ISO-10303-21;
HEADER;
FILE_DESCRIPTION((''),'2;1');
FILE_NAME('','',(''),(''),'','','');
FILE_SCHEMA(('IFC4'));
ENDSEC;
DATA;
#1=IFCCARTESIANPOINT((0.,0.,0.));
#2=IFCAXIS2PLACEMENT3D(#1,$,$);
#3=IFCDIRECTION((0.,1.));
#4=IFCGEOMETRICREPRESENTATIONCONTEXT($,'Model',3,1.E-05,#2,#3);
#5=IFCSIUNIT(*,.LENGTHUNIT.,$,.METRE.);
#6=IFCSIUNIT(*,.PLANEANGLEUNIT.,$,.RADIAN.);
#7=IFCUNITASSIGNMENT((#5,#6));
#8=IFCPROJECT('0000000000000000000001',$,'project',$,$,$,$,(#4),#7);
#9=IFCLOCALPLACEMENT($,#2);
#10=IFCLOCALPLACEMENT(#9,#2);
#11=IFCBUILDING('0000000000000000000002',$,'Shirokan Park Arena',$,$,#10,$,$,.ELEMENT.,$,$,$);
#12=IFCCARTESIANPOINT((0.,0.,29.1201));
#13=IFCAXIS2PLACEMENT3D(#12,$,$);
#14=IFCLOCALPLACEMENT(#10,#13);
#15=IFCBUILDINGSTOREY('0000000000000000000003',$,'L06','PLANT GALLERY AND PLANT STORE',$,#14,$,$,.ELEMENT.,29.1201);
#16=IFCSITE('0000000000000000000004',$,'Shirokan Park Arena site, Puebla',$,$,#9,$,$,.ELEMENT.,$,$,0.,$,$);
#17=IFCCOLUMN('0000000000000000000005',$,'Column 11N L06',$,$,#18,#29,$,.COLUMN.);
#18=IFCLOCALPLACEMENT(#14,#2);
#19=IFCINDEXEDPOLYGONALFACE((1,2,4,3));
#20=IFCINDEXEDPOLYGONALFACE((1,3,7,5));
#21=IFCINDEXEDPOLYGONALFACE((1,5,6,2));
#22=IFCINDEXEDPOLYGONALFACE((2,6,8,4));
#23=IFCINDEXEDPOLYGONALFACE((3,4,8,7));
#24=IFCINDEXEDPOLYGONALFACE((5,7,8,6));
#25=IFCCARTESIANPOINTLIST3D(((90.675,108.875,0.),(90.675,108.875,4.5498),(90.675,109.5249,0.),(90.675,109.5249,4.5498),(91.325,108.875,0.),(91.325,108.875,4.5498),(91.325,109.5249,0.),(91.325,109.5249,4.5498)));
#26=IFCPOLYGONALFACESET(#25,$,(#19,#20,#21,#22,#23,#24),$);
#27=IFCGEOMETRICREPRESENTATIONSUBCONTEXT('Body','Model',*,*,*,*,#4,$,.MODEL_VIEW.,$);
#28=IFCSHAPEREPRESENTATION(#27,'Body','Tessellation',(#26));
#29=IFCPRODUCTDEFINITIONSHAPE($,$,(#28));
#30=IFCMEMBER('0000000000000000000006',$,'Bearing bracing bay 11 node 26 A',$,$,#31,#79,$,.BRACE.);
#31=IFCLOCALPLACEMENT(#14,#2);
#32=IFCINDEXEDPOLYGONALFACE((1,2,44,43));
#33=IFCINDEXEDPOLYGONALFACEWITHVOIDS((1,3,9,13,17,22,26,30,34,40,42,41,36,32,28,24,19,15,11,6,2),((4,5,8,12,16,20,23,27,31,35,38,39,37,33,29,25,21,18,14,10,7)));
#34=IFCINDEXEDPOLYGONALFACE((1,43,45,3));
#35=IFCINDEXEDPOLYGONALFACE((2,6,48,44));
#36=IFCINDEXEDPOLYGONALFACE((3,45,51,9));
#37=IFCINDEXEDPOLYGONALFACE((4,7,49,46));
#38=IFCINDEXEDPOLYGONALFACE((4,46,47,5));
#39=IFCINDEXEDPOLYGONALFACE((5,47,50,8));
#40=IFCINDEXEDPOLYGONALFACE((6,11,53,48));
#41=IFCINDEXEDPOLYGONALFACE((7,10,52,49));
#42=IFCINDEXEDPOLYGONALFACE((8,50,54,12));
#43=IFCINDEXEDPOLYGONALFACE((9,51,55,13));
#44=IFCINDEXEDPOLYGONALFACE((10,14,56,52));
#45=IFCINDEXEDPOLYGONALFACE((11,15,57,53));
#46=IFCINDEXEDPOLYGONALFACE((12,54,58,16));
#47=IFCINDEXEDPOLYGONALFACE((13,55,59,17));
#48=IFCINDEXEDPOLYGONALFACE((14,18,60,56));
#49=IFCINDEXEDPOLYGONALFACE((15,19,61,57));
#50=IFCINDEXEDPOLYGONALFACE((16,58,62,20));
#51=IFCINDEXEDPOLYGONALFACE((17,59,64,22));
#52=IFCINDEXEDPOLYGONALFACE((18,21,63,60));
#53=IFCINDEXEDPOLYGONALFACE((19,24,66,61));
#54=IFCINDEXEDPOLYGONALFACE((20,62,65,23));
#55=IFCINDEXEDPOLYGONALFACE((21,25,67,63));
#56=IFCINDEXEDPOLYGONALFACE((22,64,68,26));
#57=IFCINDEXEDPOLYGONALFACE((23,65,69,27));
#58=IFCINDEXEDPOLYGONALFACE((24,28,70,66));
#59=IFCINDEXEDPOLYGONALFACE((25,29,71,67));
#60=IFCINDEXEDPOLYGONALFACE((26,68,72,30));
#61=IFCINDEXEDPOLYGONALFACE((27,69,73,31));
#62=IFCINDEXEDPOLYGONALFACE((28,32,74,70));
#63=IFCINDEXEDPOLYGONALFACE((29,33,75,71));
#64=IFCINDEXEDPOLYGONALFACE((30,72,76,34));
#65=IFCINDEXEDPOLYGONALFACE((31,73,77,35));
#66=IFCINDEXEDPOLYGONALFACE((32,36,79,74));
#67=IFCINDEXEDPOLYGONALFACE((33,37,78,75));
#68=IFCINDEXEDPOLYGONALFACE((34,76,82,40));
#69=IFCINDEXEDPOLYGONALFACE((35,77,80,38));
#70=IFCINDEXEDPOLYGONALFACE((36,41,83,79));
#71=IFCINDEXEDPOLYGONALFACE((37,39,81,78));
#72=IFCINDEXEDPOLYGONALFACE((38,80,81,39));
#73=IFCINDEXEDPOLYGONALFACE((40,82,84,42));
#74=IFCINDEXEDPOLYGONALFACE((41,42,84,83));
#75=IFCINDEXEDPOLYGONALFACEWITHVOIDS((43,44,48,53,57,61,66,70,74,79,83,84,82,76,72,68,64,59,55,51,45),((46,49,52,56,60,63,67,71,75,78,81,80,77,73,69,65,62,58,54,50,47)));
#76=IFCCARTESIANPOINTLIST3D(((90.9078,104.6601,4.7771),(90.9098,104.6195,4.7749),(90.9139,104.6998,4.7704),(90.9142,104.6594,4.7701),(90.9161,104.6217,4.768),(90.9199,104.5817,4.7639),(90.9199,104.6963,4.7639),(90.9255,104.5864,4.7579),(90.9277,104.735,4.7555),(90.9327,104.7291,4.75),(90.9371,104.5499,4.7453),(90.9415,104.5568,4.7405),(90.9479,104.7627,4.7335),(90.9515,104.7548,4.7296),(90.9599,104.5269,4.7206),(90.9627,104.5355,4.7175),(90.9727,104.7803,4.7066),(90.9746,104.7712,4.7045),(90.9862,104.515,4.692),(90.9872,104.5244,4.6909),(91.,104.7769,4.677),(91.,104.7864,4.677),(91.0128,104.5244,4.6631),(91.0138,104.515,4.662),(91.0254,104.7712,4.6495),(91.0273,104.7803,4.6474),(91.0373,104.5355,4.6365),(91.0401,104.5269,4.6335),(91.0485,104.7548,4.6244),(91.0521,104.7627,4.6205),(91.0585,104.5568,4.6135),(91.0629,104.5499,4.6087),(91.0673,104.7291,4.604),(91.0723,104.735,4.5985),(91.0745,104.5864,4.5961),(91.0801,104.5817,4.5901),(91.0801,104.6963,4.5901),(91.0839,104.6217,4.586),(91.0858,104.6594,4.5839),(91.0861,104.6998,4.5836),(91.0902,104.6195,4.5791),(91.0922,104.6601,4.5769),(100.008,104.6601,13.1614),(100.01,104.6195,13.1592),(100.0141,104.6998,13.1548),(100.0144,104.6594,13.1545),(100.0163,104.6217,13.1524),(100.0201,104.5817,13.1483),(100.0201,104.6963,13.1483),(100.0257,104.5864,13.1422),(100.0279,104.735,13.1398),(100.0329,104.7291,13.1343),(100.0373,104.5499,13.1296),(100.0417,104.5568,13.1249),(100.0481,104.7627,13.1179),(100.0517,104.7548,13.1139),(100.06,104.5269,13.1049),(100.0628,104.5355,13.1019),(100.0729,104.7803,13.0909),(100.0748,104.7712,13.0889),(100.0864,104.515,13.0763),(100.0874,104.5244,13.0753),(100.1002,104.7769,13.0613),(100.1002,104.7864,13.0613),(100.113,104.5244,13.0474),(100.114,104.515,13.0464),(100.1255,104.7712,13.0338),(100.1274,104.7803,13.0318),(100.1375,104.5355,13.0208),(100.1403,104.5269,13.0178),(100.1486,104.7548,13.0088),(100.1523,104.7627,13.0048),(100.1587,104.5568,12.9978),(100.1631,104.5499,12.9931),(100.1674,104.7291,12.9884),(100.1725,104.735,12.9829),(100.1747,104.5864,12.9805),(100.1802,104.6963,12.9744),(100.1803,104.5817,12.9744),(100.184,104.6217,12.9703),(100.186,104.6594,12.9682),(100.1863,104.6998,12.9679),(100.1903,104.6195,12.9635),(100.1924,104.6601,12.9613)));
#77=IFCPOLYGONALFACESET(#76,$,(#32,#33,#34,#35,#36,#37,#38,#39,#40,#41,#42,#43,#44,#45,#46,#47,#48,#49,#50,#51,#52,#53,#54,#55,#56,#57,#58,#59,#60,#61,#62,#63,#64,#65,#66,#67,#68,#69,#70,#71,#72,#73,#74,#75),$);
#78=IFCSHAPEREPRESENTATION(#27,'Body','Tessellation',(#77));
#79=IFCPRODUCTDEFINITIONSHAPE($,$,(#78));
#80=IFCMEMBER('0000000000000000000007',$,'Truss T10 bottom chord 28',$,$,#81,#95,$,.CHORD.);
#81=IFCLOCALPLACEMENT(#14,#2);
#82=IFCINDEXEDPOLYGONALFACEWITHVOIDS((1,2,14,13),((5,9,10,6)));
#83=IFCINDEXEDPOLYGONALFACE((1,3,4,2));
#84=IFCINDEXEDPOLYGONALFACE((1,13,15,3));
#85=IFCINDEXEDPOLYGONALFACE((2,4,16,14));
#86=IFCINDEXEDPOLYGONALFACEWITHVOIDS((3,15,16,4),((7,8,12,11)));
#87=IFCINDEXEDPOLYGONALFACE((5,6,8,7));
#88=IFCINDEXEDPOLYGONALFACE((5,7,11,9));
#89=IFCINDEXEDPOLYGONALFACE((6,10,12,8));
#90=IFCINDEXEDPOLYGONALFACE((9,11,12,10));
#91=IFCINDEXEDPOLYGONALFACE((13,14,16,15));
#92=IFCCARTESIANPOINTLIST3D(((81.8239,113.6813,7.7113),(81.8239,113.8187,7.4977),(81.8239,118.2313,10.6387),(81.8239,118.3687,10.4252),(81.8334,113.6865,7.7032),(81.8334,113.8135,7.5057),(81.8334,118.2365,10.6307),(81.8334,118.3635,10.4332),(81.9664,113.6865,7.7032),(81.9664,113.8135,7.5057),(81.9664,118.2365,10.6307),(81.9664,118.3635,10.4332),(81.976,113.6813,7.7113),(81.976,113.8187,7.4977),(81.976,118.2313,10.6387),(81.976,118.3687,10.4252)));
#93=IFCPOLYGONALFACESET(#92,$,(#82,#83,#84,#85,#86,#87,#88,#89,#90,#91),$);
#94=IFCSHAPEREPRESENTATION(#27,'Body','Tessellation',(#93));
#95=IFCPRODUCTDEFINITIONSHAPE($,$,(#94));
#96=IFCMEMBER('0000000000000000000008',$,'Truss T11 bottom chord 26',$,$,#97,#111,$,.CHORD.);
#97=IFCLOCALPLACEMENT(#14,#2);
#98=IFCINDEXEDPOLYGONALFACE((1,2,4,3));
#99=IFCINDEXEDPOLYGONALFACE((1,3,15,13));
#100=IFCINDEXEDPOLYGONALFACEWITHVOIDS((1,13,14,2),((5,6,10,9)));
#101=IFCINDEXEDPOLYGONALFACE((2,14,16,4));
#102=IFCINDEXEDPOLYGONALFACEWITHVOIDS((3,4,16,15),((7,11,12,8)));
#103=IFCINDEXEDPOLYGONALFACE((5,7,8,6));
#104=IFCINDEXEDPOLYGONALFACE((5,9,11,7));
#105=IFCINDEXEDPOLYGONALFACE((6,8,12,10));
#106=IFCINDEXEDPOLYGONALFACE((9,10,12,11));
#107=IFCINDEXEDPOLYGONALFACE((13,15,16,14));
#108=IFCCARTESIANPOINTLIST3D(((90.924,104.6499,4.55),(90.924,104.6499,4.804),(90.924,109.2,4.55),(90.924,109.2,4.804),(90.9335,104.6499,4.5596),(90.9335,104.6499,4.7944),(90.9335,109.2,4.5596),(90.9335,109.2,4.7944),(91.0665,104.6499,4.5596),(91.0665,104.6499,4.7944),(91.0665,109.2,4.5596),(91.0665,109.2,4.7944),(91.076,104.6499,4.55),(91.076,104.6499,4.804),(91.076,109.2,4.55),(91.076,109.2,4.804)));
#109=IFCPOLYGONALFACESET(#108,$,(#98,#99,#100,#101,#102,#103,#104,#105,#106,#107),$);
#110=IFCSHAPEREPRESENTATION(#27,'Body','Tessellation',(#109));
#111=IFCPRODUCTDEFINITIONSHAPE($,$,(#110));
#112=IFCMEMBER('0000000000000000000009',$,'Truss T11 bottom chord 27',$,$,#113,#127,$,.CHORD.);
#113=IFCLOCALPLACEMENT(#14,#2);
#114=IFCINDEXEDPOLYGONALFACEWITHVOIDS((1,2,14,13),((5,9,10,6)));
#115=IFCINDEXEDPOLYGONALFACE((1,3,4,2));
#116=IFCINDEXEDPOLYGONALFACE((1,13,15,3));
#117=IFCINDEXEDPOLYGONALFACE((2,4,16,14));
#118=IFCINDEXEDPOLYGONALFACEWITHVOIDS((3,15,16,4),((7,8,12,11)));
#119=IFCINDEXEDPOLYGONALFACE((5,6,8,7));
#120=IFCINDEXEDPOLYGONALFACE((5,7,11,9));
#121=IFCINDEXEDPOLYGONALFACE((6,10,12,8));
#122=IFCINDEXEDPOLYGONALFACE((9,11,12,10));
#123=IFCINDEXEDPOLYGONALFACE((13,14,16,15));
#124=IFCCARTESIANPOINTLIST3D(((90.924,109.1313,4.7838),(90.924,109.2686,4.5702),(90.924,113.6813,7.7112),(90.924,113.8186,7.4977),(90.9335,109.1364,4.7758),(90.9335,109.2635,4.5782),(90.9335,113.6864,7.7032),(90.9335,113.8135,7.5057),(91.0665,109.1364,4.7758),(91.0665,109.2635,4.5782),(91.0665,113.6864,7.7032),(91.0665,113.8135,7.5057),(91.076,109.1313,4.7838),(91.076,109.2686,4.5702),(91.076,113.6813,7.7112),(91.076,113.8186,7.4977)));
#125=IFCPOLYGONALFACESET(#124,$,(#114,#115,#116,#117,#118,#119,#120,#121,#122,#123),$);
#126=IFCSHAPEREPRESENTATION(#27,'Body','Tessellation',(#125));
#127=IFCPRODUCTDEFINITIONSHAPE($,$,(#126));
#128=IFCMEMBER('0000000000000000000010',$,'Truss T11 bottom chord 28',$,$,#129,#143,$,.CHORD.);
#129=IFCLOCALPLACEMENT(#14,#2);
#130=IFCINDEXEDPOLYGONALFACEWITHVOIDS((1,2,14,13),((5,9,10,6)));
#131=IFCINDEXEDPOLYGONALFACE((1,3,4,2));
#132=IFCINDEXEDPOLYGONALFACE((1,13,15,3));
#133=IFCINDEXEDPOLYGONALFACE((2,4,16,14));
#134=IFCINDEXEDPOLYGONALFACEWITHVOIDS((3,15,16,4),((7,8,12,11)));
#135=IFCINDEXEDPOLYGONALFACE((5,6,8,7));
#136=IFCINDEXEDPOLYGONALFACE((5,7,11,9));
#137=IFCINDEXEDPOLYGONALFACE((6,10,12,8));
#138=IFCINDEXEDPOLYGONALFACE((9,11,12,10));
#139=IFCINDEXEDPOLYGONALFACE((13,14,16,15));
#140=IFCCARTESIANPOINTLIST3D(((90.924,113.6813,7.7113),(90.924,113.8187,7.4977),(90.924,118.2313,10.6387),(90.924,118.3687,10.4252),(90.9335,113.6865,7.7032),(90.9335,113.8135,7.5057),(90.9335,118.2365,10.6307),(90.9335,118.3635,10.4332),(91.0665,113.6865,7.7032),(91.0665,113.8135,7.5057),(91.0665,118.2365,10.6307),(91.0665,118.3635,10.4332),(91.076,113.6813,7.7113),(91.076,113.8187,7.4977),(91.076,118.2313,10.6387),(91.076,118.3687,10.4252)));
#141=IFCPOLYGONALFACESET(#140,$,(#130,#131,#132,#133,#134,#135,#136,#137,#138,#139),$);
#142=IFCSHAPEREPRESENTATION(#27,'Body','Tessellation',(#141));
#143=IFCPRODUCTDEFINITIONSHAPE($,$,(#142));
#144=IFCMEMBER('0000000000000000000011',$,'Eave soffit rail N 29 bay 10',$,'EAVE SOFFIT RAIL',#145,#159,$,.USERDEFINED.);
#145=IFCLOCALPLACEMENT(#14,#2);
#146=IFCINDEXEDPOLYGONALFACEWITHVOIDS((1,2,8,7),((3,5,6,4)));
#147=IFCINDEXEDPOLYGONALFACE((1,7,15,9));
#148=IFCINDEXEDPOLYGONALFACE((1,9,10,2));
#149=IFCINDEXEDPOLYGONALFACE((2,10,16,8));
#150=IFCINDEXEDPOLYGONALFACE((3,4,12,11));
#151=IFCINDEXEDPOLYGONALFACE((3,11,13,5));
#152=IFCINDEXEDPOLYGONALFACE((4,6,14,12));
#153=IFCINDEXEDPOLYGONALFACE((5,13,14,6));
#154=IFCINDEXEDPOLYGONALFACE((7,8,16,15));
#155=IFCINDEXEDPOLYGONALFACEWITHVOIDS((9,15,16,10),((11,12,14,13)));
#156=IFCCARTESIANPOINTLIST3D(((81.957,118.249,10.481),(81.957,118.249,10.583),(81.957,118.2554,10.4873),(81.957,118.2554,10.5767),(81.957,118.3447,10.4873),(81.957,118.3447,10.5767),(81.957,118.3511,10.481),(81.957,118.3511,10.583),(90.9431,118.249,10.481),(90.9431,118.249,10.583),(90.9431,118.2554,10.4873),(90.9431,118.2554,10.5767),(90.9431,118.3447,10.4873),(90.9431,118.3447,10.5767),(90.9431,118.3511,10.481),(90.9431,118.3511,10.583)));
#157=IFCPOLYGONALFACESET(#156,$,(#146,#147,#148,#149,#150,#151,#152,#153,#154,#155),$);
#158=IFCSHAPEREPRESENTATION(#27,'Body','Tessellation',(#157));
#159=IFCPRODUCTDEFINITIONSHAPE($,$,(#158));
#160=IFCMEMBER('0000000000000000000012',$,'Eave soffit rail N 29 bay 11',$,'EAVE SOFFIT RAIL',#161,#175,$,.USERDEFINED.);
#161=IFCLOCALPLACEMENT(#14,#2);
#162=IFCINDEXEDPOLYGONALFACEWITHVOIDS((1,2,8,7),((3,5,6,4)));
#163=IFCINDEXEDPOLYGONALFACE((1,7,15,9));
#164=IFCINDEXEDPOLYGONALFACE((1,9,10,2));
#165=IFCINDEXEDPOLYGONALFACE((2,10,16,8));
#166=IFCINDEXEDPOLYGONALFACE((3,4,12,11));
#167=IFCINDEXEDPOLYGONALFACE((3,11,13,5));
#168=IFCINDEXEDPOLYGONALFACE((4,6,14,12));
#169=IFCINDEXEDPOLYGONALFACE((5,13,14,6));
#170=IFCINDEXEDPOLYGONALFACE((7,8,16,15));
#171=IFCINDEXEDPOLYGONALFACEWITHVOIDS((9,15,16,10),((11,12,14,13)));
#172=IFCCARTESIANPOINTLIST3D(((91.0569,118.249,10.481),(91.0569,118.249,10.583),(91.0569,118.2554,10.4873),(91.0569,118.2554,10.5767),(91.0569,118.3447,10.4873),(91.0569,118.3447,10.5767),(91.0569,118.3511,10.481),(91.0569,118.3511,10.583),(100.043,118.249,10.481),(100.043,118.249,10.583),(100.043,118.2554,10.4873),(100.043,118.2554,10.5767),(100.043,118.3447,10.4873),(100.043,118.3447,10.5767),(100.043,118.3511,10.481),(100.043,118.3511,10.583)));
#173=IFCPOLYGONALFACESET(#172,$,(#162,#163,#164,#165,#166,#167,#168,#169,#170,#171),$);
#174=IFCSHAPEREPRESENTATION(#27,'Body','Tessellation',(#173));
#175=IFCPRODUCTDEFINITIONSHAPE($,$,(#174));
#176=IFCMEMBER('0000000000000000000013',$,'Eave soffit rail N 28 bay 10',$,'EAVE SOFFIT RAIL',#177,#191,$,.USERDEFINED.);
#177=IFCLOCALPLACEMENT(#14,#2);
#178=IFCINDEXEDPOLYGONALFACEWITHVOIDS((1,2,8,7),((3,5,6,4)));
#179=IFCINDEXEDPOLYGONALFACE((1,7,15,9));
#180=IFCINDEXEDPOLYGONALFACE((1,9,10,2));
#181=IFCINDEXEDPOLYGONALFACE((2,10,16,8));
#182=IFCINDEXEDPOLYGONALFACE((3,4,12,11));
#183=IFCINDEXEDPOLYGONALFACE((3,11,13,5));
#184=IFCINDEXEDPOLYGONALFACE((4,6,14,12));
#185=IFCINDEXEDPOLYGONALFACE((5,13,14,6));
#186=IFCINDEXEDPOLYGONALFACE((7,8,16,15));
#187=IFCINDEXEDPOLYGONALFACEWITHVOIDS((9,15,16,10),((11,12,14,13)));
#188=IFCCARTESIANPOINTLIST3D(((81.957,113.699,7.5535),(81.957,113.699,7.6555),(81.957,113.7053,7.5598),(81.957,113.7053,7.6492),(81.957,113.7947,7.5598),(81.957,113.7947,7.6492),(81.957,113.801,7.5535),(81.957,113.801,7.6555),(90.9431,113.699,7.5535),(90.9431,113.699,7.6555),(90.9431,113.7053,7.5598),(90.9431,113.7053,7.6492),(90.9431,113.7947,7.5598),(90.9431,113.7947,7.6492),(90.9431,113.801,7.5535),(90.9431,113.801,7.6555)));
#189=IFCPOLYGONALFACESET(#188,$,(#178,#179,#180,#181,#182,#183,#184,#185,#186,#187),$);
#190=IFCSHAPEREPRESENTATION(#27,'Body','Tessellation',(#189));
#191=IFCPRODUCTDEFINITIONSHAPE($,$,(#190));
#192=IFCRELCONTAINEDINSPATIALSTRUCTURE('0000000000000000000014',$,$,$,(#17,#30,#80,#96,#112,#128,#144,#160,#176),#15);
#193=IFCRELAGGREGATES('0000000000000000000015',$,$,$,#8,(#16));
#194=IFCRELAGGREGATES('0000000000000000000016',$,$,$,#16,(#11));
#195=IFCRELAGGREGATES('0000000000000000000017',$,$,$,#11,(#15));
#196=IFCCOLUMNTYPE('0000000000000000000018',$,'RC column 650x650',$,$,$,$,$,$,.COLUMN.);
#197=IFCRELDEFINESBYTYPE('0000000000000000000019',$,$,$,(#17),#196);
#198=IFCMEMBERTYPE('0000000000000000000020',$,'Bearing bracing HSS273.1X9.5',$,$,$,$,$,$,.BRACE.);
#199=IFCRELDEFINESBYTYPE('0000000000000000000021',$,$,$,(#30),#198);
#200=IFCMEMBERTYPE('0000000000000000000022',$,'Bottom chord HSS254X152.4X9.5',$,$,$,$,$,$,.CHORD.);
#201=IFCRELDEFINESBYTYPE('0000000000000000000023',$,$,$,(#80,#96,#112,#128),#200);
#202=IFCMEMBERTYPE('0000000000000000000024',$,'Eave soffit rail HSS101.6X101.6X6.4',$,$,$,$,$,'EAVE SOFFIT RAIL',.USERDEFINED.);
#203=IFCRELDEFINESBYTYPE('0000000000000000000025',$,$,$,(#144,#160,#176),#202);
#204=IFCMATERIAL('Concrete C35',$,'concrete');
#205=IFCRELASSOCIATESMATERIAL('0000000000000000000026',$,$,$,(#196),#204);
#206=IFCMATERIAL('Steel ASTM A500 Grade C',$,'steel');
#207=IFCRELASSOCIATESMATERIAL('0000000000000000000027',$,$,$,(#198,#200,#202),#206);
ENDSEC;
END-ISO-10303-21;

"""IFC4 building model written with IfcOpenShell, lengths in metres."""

from ifc_helpers import new_model, si_unit, direction, frame, origin, origin_2d, place, context, subcontext, project, spatial, rectangle, hollow_rectangle, hollow_circle, extrude, material, material_profile, profile_set, type_object, element, save


model = new_model("IFC4")

# Units and contexts
model_context = context("Model", 3, precision=1e-05, world=origin(), true_north=direction((0.0, 1.0)))
body_context = subcontext(model_context, "Body", "Model", "MODEL_VIEW")
ifc_project = project(units=[si_unit("LENGTHUNIT", "METRE"), si_unit("PLANEANGLEUNIT", "RADIAN")], contexts=[model_context])

# Site, building, storey
site_placement = place(None, origin())
site = spatial("IfcSite", under=ifc_project, at=site_placement, Name="Shirokan Park Arena site, Puebla", CompositionType="ELEMENT", RefElevation=0.0)
building_placement = place(site_placement, origin())
building = spatial("IfcBuilding", under=site, at=building_placement, Name="Shirokan Park Arena", CompositionType="ELEMENT")
storey_placement = place(building_placement, frame((0.0, 0.0, 29.1201)))
storey = spatial("IfcBuildingStorey", under=building, at=storey_placement, Name="L06", Description="PLANT GALLERY AND PLANT STORE", CompositionType="ELEMENT", Elevation=29.1201)

# Column
ifc_material_1 = material(Name="Concrete C35", Category="concrete")
ifc_material_profile_1 = material_profile(ifc_material_1, rectangle(XDim=0.6499, YDim=0.6499, at=origin_2d()), Name="650x650")
ifc_profile_set_1 = profile_set([ifc_material_profile_1], Name="Concrete C35")
column_type = type_object("IfcColumnType", Name="RC column 650x650", PredefinedType="COLUMN", material=ifc_profile_set_1)
column_placement = place(storey_placement, frame((91.0, 109.2, 0.0), z_axis=(0.0, 0.0, 1.0), x_axis=(1.0, 0.0, 0.0)))
element("IfcColumn", 1, at=column_placement, inside=storey, type_object=column_type, Name="Column 11N L06", PredefinedType="COLUMN", context=body_context, shape_type="SweptSolid", body=[
    extrude(rectangle(XDim=0.6499, YDim=0.6499, at=origin_2d()), origin(), (0.0, 0.0, 1.0), 4.5498),
])

# Members
ifc_material_2 = material(Name="Steel ASTM A500 Grade C", Category="steel")
ifc_material_profile_2 = material_profile(ifc_material_2, hollow_circle(Radius=0.1365, WallThickness=0.0095, at=origin_2d()), Name="HSS273.1X9.5")
ifc_profile_set_2 = profile_set([ifc_material_profile_2], Name="Steel ASTM A500 Grade C")
member_type_1 = type_object("IfcMemberType", Name="Bearing bracing HSS273.1X9.5", PredefinedType="BRACE", material=ifc_profile_set_2)
member_1_placement = place(storey_placement, frame((91.0, 104.6499, 4.677), z_axis=(0.73544, 0.0, 0.67759), x_axis=(0.0, 1.0, 0.0)))
element("IfcMember", 2, at=member_1_placement, inside=storey, type_object=member_type_1, Name="Bearing bracing bay 11 node 26 A", PredefinedType="BRACE", context=body_context, shape_type="SweptSolid", body=[
    extrude(hollow_circle(Radius=0.1365, WallThickness=0.0095, at=origin_2d()), origin(), (0.0, 0.0, 1.0), 12.3738),
])
ifc_material_profile_3 = material_profile(ifc_material_2, hollow_rectangle(XDim=0.1521, YDim=0.2539, WallThickness=0.0095, at=origin_2d()), Name="HSS254X152.4X9.5")
ifc_profile_set_3 = profile_set([ifc_material_profile_3], Name="Steel ASTM A500 Grade C")
member_type_2 = type_object("IfcMemberType", Name="Bottom chord HSS254X152.4X9.5", PredefinedType="CHORD", material=ifc_profile_set_3)
member_2_placement = place(storey_placement, frame((81.8999, 113.75, 7.6045), z_axis=(0.0, 0.840972, 0.541079), x_axis=(-1.0, 0.0, 0.0)))
element("IfcMember", 3, at=member_2_placement, inside=storey, type_object=member_type_2, Name="Truss T10 bottom chord 28", PredefinedType="CHORD", context=body_context, shape_type="SweptSolid", body=[
    extrude(hollow_rectangle(XDim=0.1521, YDim=0.2539, WallThickness=0.0095, at=origin_2d()), origin(), (0.0, 0.0, 1.0), 5.4104),
])
member_3_placement = place(storey_placement, frame((91.0, 104.6499, 4.677), z_axis=(0.0, 1.0, 0.0), x_axis=(-1.0, 0.0, 0.0)))
element("IfcMember", 4, at=member_3_placement, inside=storey, type_object=member_type_2, Name="Truss T11 bottom chord 26", PredefinedType="CHORD", context=body_context, shape_type="SweptSolid", body=[
    extrude(hollow_rectangle(XDim=0.1521, YDim=0.2539, WallThickness=0.0095, at=origin_2d()), origin(), (0.0, 0.0, 1.0), 4.55),
])
for number, where, z_axis, x_axis, name in (
    (5, (91.0, 109.2, 4.677), (0.0, 0.840972, 0.541079), (-1.0, 0.0, 0.0), "Truss T11 bottom chord 27"),
    (6, (91.0, 113.75, 7.6045), (0.0, 0.840972, 0.541079), (-1.0, 0.0, 0.0), "Truss T11 bottom chord 28"),
):
    element("IfcMember", number, at=place(storey_placement, frame(where, z_axis=z_axis, x_axis=x_axis)), inside=storey, type_object=member_type_2, Name=name, PredefinedType="CHORD", context=body_context, shape_type="SweptSolid", body=[
        extrude(hollow_rectangle(XDim=0.1521, YDim=0.2539, WallThickness=0.0095, at=origin_2d()), origin(), (0.0, 0.0, 1.0), 5.4104),
    ])
ifc_material_profile_4 = material_profile(ifc_material_2, hollow_rectangle(XDim=0.1021, YDim=0.1021, WallThickness=0.0063, at=origin_2d()), Name="HSS101.6X101.6X6.4")
ifc_profile_set_4 = profile_set([ifc_material_profile_4], Name="Steel ASTM A500 Grade C")
member_type_3 = type_object("IfcMemberType", Name="Eave soffit rail HSS101.6X101.6X6.4", ElementType="EAVE SOFFIT RAIL", PredefinedType="USERDEFINED", material=ifc_profile_set_4)
for number, where, z_axis, x_axis, name in (
    (7, (81.957, 118.3, 10.532), (1.0, 0.0, 0.0), (0.0, 1.0, 0.0), "Eave soffit rail N 29 bay 10"),
    (8, (91.0569, 118.3, 10.532), (1.0, 0.0, 0.0), (0.0, 1.0, 0.0), "Eave soffit rail N 29 bay 11"),
    (9, (81.957, 113.75, 7.6045), (1.0, 0.0, 0.0), (0.0, 1.0, 0.0), "Eave soffit rail N 28 bay 10"),
):
    element("IfcMember", number, at=place(storey_placement, frame(where, z_axis=z_axis, x_axis=x_axis)), inside=storey, type_object=member_type_3, Name=name, ObjectType="EAVE SOFFIT RAIL", PredefinedType="USERDEFINED", context=body_context, shape_type="SweptSolid", body=[
        extrude(hollow_rectangle(XDim=0.1021, YDim=0.1021, WallThickness=0.0063, at=origin_2d()), origin(), (0.0, 0.0, 1.0), 8.9861),
    ])

save(model, "model.ifc")
